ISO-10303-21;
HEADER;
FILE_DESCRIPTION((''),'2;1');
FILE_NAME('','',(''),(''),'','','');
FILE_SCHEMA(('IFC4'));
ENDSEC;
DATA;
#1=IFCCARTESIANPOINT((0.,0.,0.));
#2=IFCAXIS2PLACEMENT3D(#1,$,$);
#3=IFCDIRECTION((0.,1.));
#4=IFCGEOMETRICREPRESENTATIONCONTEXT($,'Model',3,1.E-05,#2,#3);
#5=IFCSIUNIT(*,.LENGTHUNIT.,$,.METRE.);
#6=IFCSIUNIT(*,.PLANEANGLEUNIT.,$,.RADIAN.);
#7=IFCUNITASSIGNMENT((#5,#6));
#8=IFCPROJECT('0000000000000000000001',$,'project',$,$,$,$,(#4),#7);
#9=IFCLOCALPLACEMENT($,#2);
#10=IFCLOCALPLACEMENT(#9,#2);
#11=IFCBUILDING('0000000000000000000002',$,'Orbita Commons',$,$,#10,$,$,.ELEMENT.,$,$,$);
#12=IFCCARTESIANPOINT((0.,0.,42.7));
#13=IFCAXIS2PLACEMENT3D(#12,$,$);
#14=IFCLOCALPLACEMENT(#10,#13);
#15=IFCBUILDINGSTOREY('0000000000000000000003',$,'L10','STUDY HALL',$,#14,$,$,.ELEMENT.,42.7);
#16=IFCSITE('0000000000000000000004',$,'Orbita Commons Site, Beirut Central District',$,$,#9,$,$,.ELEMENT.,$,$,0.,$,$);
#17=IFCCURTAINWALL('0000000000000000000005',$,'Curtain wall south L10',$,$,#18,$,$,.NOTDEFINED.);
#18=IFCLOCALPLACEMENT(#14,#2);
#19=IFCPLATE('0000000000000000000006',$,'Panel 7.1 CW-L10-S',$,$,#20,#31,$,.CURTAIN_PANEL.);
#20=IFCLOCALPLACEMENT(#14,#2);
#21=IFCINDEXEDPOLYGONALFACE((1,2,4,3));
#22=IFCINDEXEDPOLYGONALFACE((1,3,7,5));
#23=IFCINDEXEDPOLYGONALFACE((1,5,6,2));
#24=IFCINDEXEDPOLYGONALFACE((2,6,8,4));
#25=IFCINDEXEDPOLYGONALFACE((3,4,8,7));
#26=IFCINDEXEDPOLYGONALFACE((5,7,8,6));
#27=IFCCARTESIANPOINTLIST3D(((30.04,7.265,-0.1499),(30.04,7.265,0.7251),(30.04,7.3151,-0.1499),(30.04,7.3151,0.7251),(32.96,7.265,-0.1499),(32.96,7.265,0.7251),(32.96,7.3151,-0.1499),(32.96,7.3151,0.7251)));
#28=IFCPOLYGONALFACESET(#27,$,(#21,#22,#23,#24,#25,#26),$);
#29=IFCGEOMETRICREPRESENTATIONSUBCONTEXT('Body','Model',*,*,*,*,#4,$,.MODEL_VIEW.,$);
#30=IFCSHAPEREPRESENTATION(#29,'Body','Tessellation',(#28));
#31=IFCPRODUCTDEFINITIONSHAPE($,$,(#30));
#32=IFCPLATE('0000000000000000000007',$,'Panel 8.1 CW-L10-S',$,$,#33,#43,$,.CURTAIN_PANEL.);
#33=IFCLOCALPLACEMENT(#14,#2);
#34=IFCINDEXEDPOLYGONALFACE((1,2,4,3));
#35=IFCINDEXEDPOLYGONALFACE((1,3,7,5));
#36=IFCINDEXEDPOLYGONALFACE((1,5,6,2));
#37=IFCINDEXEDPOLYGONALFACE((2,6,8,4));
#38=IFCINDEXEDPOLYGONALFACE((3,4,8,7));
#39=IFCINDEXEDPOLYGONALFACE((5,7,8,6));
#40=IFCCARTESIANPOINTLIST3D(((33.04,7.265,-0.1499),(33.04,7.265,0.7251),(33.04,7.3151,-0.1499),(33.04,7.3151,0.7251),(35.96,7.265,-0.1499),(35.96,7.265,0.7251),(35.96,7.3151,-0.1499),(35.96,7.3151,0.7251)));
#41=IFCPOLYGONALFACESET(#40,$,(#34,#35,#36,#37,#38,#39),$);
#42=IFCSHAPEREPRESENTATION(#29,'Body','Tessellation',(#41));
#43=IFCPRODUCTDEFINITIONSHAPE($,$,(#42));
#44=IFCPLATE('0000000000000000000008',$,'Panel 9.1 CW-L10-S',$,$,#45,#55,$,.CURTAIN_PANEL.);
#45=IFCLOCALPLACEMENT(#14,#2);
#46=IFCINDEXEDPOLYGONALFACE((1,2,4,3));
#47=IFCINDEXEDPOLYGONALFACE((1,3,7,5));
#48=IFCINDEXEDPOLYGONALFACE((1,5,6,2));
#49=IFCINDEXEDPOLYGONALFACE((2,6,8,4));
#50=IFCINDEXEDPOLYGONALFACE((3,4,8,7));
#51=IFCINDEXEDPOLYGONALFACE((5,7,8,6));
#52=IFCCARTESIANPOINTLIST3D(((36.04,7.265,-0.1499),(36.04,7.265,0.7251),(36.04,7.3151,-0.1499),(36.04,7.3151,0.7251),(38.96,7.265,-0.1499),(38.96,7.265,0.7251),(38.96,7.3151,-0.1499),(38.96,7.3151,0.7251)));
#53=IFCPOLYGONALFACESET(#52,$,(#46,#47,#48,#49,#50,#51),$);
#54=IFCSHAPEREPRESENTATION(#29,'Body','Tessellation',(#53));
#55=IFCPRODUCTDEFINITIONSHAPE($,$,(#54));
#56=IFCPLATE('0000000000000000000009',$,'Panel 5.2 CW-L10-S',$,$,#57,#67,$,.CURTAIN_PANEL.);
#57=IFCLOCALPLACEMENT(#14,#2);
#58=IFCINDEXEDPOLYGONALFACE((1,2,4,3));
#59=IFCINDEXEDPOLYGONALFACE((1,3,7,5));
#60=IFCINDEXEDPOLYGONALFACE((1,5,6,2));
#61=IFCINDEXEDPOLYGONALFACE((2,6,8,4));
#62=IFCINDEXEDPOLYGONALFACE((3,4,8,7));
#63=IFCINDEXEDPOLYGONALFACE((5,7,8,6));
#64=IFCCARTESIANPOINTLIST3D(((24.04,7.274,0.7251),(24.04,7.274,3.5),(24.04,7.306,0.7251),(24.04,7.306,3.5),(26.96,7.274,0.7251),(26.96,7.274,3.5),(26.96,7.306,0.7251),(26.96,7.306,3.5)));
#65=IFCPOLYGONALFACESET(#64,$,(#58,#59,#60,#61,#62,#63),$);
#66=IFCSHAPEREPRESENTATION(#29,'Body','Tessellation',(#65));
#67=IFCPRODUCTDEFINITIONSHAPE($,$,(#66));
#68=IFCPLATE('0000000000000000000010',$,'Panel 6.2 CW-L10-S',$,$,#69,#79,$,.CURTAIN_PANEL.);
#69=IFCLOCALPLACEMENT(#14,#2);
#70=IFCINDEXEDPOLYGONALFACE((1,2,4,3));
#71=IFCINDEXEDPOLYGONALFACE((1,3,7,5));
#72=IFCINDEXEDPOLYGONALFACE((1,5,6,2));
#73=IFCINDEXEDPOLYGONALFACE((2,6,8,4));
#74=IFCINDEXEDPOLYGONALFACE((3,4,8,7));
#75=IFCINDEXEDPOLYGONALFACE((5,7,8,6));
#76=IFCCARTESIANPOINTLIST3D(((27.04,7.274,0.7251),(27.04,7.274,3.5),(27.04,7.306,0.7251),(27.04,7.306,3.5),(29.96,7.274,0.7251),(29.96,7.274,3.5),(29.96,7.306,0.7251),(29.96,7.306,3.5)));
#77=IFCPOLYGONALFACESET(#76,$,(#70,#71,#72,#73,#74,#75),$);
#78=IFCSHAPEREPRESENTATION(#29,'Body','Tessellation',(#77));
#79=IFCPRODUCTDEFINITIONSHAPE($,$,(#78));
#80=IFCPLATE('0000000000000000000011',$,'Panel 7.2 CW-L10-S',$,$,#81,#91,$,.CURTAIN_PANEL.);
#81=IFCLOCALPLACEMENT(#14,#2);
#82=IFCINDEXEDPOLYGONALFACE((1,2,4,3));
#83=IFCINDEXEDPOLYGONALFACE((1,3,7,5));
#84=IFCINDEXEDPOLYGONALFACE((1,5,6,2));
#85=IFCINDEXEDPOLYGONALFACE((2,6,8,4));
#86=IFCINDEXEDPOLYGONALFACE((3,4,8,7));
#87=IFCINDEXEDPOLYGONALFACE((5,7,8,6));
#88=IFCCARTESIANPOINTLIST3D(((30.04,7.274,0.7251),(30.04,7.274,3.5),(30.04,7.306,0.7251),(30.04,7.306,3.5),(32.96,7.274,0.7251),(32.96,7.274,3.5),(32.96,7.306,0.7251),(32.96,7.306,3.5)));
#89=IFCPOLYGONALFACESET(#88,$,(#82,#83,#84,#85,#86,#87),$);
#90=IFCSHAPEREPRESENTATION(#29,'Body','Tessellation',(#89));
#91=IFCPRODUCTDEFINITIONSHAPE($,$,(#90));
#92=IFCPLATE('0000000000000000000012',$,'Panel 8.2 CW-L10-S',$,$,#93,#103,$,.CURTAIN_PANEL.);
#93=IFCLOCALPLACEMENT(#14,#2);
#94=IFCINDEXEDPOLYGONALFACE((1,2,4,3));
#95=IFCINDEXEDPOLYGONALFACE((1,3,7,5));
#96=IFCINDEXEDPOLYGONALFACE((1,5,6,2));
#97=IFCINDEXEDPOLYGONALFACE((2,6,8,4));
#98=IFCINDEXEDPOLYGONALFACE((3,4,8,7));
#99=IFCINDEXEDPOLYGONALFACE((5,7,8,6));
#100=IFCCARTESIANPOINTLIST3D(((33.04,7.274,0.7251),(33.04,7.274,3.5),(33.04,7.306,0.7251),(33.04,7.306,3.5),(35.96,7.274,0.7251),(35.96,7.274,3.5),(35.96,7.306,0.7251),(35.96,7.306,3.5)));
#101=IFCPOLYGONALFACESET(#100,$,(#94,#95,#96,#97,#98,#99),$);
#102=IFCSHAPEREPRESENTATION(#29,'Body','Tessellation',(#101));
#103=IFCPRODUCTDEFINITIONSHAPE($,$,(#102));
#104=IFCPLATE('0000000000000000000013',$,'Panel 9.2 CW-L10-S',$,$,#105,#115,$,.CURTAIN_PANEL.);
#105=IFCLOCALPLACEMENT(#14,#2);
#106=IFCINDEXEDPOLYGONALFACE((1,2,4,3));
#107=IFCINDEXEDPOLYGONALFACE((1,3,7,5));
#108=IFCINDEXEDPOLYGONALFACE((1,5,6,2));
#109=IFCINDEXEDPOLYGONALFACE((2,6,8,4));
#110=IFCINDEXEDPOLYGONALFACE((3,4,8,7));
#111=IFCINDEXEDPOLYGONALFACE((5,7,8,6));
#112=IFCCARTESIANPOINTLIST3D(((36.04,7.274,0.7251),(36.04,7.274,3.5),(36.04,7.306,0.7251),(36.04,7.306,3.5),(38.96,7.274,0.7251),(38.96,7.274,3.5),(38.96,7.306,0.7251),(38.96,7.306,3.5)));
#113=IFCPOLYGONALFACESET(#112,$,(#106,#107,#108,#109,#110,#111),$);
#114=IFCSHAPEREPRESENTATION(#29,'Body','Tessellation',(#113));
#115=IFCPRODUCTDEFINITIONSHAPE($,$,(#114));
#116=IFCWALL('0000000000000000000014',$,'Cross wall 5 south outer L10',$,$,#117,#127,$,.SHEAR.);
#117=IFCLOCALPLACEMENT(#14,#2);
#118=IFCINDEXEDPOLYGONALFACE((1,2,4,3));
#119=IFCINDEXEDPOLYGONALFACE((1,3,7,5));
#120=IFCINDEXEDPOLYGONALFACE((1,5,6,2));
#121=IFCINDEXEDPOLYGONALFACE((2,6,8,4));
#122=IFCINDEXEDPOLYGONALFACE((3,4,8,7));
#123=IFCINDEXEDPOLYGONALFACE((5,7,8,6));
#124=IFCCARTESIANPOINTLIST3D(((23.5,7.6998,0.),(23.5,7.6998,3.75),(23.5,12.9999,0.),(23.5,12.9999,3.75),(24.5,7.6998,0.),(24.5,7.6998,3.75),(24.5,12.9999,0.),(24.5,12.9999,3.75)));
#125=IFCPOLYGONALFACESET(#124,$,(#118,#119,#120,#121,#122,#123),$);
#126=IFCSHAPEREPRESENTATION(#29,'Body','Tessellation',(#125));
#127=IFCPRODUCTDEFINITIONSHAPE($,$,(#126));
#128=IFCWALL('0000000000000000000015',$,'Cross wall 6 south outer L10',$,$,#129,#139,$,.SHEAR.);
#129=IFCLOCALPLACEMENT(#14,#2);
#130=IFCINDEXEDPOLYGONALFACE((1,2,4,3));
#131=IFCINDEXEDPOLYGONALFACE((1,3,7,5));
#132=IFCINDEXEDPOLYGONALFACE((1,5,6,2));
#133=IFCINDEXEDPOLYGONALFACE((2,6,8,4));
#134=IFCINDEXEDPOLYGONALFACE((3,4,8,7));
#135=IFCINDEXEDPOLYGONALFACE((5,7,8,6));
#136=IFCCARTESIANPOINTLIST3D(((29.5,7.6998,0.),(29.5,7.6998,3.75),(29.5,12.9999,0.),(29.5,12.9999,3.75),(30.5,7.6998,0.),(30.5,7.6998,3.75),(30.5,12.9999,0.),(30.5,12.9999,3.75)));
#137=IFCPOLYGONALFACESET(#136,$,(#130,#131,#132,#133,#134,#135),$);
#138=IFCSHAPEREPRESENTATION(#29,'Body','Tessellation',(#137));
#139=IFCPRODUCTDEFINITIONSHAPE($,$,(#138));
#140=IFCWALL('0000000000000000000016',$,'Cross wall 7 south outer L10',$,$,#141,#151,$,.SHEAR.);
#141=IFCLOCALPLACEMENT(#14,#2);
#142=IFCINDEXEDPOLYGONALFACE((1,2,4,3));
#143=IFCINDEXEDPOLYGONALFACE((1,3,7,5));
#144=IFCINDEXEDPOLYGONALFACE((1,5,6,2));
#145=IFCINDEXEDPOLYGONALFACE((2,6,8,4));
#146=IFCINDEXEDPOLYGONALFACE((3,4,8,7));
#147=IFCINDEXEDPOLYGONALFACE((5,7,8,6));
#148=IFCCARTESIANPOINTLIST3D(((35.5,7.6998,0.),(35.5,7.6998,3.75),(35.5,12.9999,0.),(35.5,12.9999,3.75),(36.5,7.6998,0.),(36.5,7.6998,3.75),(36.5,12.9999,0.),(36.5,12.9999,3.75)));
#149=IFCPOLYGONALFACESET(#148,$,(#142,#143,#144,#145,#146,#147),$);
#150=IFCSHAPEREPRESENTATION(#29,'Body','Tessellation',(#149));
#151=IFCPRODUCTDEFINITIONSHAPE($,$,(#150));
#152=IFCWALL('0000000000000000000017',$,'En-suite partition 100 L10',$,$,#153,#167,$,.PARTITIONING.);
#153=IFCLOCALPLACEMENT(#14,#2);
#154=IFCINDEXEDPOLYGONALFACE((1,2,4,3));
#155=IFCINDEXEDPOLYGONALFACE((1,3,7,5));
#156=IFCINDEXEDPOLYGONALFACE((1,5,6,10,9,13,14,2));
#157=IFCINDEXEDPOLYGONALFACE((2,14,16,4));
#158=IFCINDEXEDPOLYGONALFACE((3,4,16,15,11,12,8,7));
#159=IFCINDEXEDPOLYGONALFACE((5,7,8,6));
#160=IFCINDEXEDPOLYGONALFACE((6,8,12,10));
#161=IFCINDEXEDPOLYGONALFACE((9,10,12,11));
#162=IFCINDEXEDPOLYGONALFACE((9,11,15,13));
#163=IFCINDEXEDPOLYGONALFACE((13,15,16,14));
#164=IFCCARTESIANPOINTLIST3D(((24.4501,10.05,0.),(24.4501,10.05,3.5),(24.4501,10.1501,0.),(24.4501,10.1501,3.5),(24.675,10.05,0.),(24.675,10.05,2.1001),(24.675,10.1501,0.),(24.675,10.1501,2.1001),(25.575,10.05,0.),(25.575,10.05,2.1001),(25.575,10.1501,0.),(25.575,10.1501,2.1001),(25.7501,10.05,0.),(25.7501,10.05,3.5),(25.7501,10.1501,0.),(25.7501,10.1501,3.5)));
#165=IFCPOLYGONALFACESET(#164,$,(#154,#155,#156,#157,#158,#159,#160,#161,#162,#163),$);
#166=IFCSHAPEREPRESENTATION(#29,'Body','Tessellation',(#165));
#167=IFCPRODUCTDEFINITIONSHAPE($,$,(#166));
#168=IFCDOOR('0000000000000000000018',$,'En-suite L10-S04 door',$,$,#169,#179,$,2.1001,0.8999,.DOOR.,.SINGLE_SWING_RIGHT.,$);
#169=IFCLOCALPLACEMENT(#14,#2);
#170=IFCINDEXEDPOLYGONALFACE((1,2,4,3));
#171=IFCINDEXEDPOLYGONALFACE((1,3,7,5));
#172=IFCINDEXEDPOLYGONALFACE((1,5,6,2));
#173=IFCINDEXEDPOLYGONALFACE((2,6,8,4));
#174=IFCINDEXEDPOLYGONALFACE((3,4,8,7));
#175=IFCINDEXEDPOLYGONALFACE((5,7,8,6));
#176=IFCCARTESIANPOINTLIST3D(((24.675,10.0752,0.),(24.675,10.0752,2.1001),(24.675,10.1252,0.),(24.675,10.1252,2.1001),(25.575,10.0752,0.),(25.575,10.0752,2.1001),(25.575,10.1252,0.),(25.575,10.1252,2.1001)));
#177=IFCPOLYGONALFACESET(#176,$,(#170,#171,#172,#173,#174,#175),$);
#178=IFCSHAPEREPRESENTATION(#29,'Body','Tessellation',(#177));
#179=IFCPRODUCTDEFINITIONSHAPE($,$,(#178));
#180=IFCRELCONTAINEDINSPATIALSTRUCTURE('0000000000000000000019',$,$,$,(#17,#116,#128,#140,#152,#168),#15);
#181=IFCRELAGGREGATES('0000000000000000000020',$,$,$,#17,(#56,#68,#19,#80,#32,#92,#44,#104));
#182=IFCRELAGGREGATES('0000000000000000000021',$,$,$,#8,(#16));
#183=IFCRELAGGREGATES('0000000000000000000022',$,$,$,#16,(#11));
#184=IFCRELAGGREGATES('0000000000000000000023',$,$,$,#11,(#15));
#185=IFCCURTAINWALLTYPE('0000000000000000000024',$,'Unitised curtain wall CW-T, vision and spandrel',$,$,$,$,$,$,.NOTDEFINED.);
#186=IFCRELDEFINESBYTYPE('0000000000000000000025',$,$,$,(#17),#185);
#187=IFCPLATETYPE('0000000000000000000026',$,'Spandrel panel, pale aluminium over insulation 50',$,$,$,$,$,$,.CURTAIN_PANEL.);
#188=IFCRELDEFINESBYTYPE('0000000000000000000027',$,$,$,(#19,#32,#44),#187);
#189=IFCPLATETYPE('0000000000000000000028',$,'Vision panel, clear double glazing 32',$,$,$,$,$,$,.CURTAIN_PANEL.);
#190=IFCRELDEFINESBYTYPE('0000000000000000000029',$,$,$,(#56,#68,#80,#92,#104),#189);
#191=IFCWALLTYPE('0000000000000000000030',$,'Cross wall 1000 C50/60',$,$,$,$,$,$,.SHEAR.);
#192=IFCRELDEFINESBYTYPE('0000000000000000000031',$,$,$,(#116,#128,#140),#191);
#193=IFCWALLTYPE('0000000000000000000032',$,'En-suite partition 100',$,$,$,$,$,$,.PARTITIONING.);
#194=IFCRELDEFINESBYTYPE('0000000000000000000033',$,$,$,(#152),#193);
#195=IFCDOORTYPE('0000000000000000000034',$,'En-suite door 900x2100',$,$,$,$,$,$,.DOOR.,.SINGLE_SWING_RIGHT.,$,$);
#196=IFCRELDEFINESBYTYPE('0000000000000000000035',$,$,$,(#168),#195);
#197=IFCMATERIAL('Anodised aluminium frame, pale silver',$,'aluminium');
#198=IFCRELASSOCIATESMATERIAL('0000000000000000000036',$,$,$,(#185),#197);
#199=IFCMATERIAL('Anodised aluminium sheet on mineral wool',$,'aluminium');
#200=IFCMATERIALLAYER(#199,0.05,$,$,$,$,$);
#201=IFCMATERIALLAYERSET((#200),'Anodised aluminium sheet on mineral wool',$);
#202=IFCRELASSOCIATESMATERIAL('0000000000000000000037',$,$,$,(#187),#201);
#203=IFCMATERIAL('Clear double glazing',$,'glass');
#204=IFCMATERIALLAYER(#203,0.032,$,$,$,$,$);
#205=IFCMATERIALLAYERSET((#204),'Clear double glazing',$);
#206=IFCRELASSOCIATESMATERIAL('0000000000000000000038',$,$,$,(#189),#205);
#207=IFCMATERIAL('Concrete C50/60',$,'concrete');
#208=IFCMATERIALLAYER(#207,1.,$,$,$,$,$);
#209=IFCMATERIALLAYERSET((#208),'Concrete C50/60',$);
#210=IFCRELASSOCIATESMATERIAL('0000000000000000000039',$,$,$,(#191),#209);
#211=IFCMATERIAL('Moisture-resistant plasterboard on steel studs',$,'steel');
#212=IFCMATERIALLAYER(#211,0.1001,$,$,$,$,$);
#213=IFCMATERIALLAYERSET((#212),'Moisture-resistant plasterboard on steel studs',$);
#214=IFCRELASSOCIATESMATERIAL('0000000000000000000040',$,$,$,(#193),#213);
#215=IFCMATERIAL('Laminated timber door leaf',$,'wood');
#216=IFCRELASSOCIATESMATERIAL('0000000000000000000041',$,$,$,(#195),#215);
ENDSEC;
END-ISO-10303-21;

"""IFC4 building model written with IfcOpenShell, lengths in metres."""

from ifc_helpers import new_model, si_unit, direction, frame, frame_2d, origin, origin_2d, place, context, subcontext, project, spatial, rectangle, extrude, material, layer, layer_set, type_object, element, fill, aggregate, save


model = new_model("IFC4")

# Units and contexts
model_context = context("Model", 3, precision=1e-05, world=origin(), true_north=direction((0.0, 1.0)))
body_context = subcontext(model_context, "Body", "Model", "MODEL_VIEW")
ifc_project = project(units=[si_unit("LENGTHUNIT", "METRE"), si_unit("PLANEANGLEUNIT", "RADIAN")], contexts=[model_context])

# Site, building, storey
site_placement = place(None, origin())
site = spatial("IfcSite", under=ifc_project, at=site_placement, Name="Orbita Commons Site, Beirut Central District", CompositionType="ELEMENT", RefElevation=0.0)
building_placement = place(site_placement, origin())
building = spatial("IfcBuilding", under=site, at=building_placement, Name="Orbita Commons", CompositionType="ELEMENT")
storey_placement = place(building_placement, frame((0.0, 0.0, 42.7)))
storey = spatial("IfcBuildingStorey", under=building, at=storey_placement, Name="L10", Description="STUDY HALL", CompositionType="ELEMENT", Elevation=42.7)

# Curtain wall, plates
ifc_material_1 = material(Name="Anodised aluminium frame, pale silver", Category="aluminium")
curtain_wall_type = type_object("IfcCurtainWallType", Name="Unitised curtain wall CW-T, vision and spandrel", PredefinedType="NOTDEFINED", material=ifc_material_1)
curtain_wall_placement = place(storey_placement, origin())
curtain_wall = element("IfcCurtainWall", 1, at=curtain_wall_placement, inside=storey, type_object=curtain_wall_type, Name="Curtain wall south L10", PredefinedType="NOTDEFINED")
ifc_material_2 = material(Name="Anodised aluminium sheet on mineral wool", Category="aluminium")
ifc_layer_1 = layer(ifc_material_2, 0.05)
ifc_layer_set_1 = layer_set([ifc_layer_1], Name="Anodised aluminium sheet on mineral wool")
plate_type_1 = type_object("IfcPlateType", Name="Spandrel panel, pale aluminium over insulation 50", PredefinedType="CURTAIN_PANEL", material=ifc_layer_set_1)
plate_1_placement = place(storey_placement, frame((31.5, 7.29, -0.1499), z_axis=(0.0, 0.0, 1.0), x_axis=(1.0, 0.0, 0.0)))
plate_1 = element("IfcPlate", 2, at=plate_1_placement, type_object=plate_type_1, Name="Panel 7.1 CW-L10-S", PredefinedType="CURTAIN_PANEL", context=body_context, shape_type="SweptSolid", body=[
    extrude(rectangle(XDim=2.9199, YDim=0.05, at=origin_2d()), origin(), (0.0, 0.0, 1.0), 0.875),
])
plate_2_placement = place(storey_placement, frame((34.5, 7.29, -0.1499), z_axis=(0.0, 0.0, 1.0), x_axis=(1.0, 0.0, 0.0)))
plate_2 = element("IfcPlate", 3, at=plate_2_placement, type_object=plate_type_1, Name="Panel 8.1 CW-L10-S", PredefinedType="CURTAIN_PANEL", context=body_context, shape_type="SweptSolid", body=[
    extrude(rectangle(XDim=2.9199, YDim=0.05, at=origin_2d()), origin(), (0.0, 0.0, 1.0), 0.875),
])
plate_3_placement = place(storey_placement, frame((37.5, 7.29, -0.1499), z_axis=(0.0, 0.0, 1.0), x_axis=(1.0, 0.0, 0.0)))
plate_3 = element("IfcPlate", 4, at=plate_3_placement, type_object=plate_type_1, Name="Panel 9.1 CW-L10-S", PredefinedType="CURTAIN_PANEL", context=body_context, shape_type="SweptSolid", body=[
    extrude(rectangle(XDim=2.9199, YDim=0.05, at=origin_2d()), origin(), (0.0, 0.0, 1.0), 0.875),
])
ifc_material_3 = material(Name="Clear double glazing", Category="glass")
ifc_layer_2 = layer(ifc_material_3, 0.032)
ifc_layer_set_2 = layer_set([ifc_layer_2], Name="Clear double glazing")
plate_type_2 = type_object("IfcPlateType", Name="Vision panel, clear double glazing 32", PredefinedType="CURTAIN_PANEL", material=ifc_layer_set_2)
plate_4_placement = place(storey_placement, frame((25.5, 7.29, 0.7251), z_axis=(0.0, 0.0, 1.0), x_axis=(1.0, 0.0, 0.0)))
plate_4 = element("IfcPlate", 5, at=plate_4_placement, type_object=plate_type_2, Name="Panel 5.2 CW-L10-S", PredefinedType="CURTAIN_PANEL", context=body_context, shape_type="SweptSolid", body=[
    extrude(rectangle(XDim=2.9199, YDim=0.032, at=origin_2d()), origin(), (0.0, 0.0, 1.0), 2.7749),
])
plate_5_placement = place(storey_placement, frame((28.5, 7.29, 0.7251), z_axis=(0.0, 0.0, 1.0), x_axis=(1.0, 0.0, 0.0)))
plate_5 = element("IfcPlate", 6, at=plate_5_placement, type_object=plate_type_2, Name="Panel 6.2 CW-L10-S", PredefinedType="CURTAIN_PANEL", context=body_context, shape_type="SweptSolid", body=[
    extrude(rectangle(XDim=2.9199, YDim=0.032, at=origin_2d()), origin(), (0.0, 0.0, 1.0), 2.7749),
])
plate_6_placement = place(storey_placement, frame((31.5, 7.29, 0.7251), z_axis=(0.0, 0.0, 1.0), x_axis=(1.0, 0.0, 0.0)))
plate_6 = element("IfcPlate", 7, at=plate_6_placement, type_object=plate_type_2, Name="Panel 7.2 CW-L10-S", PredefinedType="CURTAIN_PANEL", context=body_context, shape_type="SweptSolid", body=[
    extrude(rectangle(XDim=2.9199, YDim=0.032, at=origin_2d()), origin(), (0.0, 0.0, 1.0), 2.7749),
])
plate_7_placement = place(storey_placement, frame((34.5, 7.29, 0.7251), z_axis=(0.0, 0.0, 1.0), x_axis=(1.0, 0.0, 0.0)))
plate_7 = element("IfcPlate", 8, at=plate_7_placement, type_object=plate_type_2, Name="Panel 8.2 CW-L10-S", PredefinedType="CURTAIN_PANEL", context=body_context, shape_type="SweptSolid", body=[
    extrude(rectangle(XDim=2.9199, YDim=0.032, at=origin_2d()), origin(), (0.0, 0.0, 1.0), 2.7749),
])
plate_8_placement = place(storey_placement, frame((37.5, 7.29, 0.7251), z_axis=(0.0, 0.0, 1.0), x_axis=(1.0, 0.0, 0.0)))
plate_8 = element("IfcPlate", 9, at=plate_8_placement, type_object=plate_type_2, Name="Panel 9.2 CW-L10-S", PredefinedType="CURTAIN_PANEL", context=body_context, shape_type="SweptSolid", body=[
    extrude(rectangle(XDim=2.9199, YDim=0.032, at=origin_2d()), origin(), (0.0, 0.0, 1.0), 2.7749),
])
aggregate(curtain_wall, [plate_4, plate_5, plate_1, plate_6, plate_2, plate_7, plate_3, plate_8])

# Walls
ifc_material_4 = material(Name="Concrete C50/60", Category="concrete")
ifc_layer_3 = layer(ifc_material_4, 1.0)
ifc_layer_set_3 = layer_set([ifc_layer_3], Name="Concrete C50/60")
wall_type_1 = type_object("IfcWallType", Name="Cross wall 1000 C50/60", PredefinedType="SHEAR", material=ifc_layer_set_3)
for number, where, z_axis, x_axis, name in (
    (10, (24.0, 7.7, 0.0), (0.0, 0.0, 1.0), (0.0, 1.0, 0.0), "Cross wall 5 south outer L10"),
    (11, (30.0, 7.7, 0.0), (0.0, 0.0, 1.0), (0.0, 1.0, 0.0), "Cross wall 6 south outer L10"),
    (12, (36.0, 7.7, 0.0), (0.0, 0.0, 1.0), (0.0, 1.0, 0.0), "Cross wall 7 south outer L10"),
):
    element("IfcWall", number, at=place(storey_placement, frame(where, z_axis=z_axis, x_axis=x_axis)), inside=storey, type_object=wall_type_1, Name=name, PredefinedType="SHEAR", context=body_context, shape_type="SweptSolid", body=[
        extrude(rectangle(XDim=5.3, YDim=1.0, at=frame_2d((2.6499, 0.0))), origin(), (0.0, 0.0, 1.0), 3.75),
    ])

# Wall, opening, door
ifc_material_5 = material(Name="Moisture-resistant plasterboard on steel studs", Category="steel")
ifc_layer_4 = layer(ifc_material_5, 0.1001)
ifc_layer_set_4 = layer_set([ifc_layer_4], Name="Moisture-resistant plasterboard on steel studs")
wall_type_2 = type_object("IfcWallType", Name="En-suite partition 100", PredefinedType="PARTITIONING", material=ifc_layer_set_4)
wall_1_placement = place(storey_placement, frame((25.75, 10.1001, 0.0), z_axis=(0.0, 0.0, 1.0), x_axis=(-1.0, 0.0, 0.0)))
wall_1 = element("IfcWall", 13, at=wall_1_placement, inside=storey, type_object=wall_type_2, Name="En-suite partition 100 L10", PredefinedType="PARTITIONING", context=body_context, shape_type="SweptSolid", body=[
    extrude(rectangle(XDim=1.3, YDim=0.1001, at=frame_2d((0.6499, 0.0))), origin(), (0.0, 0.0, 1.0), 3.5),
])
opening_1_placement = place(wall_1_placement, frame((0.175, 0.0, 0.0)))
opening_1 = element("IfcOpeningElement", 14, at=opening_1_placement, cuts=wall_1, PredefinedType="OPENING", context=body_context, shape_type="SweptSolid", body=[
    extrude(rectangle(XDim=0.8999, YDim=2.1001, at=frame_2d((0.45, 1.05))), frame((0.0, 0.0601, 0.0), z_axis=(0.0, -1.0, 0.0), x_axis=(1.0, 0.0, 0.0)), (0.0, 0.0, 1.0), 0.1201),
])
ifc_material_6 = material(Name="Laminated timber door leaf", Category="wood")
door_type = type_object("IfcDoorType", Name="En-suite door 900x2100", OperationType="SINGLE_SWING_RIGHT", PredefinedType="DOOR", material=ifc_material_6)
door_1_placement = place(opening_1_placement, origin())
door_1 = element("IfcDoor", 15, at=door_1_placement, inside=storey, type_object=door_type, Name="En-suite L10-S04 door", OperationType="SINGLE_SWING_RIGHT", OverallHeight=2.1001, OverallWidth=0.8999, PredefinedType="DOOR", context=body_context, shape_type="SweptSolid", body=[
    extrude(rectangle(XDim=0.8999, YDim=2.1001, at=frame_2d((0.45, 1.05))), frame((0.0, 0.0249, 0.0), z_axis=(0.0, -1.0, 0.0), x_axis=(1.0, 0.0, 0.0)), (0.0, 0.0, 1.0), 0.05),
])
fill(opening_1, door_1)

save(model, "model.ifc")
